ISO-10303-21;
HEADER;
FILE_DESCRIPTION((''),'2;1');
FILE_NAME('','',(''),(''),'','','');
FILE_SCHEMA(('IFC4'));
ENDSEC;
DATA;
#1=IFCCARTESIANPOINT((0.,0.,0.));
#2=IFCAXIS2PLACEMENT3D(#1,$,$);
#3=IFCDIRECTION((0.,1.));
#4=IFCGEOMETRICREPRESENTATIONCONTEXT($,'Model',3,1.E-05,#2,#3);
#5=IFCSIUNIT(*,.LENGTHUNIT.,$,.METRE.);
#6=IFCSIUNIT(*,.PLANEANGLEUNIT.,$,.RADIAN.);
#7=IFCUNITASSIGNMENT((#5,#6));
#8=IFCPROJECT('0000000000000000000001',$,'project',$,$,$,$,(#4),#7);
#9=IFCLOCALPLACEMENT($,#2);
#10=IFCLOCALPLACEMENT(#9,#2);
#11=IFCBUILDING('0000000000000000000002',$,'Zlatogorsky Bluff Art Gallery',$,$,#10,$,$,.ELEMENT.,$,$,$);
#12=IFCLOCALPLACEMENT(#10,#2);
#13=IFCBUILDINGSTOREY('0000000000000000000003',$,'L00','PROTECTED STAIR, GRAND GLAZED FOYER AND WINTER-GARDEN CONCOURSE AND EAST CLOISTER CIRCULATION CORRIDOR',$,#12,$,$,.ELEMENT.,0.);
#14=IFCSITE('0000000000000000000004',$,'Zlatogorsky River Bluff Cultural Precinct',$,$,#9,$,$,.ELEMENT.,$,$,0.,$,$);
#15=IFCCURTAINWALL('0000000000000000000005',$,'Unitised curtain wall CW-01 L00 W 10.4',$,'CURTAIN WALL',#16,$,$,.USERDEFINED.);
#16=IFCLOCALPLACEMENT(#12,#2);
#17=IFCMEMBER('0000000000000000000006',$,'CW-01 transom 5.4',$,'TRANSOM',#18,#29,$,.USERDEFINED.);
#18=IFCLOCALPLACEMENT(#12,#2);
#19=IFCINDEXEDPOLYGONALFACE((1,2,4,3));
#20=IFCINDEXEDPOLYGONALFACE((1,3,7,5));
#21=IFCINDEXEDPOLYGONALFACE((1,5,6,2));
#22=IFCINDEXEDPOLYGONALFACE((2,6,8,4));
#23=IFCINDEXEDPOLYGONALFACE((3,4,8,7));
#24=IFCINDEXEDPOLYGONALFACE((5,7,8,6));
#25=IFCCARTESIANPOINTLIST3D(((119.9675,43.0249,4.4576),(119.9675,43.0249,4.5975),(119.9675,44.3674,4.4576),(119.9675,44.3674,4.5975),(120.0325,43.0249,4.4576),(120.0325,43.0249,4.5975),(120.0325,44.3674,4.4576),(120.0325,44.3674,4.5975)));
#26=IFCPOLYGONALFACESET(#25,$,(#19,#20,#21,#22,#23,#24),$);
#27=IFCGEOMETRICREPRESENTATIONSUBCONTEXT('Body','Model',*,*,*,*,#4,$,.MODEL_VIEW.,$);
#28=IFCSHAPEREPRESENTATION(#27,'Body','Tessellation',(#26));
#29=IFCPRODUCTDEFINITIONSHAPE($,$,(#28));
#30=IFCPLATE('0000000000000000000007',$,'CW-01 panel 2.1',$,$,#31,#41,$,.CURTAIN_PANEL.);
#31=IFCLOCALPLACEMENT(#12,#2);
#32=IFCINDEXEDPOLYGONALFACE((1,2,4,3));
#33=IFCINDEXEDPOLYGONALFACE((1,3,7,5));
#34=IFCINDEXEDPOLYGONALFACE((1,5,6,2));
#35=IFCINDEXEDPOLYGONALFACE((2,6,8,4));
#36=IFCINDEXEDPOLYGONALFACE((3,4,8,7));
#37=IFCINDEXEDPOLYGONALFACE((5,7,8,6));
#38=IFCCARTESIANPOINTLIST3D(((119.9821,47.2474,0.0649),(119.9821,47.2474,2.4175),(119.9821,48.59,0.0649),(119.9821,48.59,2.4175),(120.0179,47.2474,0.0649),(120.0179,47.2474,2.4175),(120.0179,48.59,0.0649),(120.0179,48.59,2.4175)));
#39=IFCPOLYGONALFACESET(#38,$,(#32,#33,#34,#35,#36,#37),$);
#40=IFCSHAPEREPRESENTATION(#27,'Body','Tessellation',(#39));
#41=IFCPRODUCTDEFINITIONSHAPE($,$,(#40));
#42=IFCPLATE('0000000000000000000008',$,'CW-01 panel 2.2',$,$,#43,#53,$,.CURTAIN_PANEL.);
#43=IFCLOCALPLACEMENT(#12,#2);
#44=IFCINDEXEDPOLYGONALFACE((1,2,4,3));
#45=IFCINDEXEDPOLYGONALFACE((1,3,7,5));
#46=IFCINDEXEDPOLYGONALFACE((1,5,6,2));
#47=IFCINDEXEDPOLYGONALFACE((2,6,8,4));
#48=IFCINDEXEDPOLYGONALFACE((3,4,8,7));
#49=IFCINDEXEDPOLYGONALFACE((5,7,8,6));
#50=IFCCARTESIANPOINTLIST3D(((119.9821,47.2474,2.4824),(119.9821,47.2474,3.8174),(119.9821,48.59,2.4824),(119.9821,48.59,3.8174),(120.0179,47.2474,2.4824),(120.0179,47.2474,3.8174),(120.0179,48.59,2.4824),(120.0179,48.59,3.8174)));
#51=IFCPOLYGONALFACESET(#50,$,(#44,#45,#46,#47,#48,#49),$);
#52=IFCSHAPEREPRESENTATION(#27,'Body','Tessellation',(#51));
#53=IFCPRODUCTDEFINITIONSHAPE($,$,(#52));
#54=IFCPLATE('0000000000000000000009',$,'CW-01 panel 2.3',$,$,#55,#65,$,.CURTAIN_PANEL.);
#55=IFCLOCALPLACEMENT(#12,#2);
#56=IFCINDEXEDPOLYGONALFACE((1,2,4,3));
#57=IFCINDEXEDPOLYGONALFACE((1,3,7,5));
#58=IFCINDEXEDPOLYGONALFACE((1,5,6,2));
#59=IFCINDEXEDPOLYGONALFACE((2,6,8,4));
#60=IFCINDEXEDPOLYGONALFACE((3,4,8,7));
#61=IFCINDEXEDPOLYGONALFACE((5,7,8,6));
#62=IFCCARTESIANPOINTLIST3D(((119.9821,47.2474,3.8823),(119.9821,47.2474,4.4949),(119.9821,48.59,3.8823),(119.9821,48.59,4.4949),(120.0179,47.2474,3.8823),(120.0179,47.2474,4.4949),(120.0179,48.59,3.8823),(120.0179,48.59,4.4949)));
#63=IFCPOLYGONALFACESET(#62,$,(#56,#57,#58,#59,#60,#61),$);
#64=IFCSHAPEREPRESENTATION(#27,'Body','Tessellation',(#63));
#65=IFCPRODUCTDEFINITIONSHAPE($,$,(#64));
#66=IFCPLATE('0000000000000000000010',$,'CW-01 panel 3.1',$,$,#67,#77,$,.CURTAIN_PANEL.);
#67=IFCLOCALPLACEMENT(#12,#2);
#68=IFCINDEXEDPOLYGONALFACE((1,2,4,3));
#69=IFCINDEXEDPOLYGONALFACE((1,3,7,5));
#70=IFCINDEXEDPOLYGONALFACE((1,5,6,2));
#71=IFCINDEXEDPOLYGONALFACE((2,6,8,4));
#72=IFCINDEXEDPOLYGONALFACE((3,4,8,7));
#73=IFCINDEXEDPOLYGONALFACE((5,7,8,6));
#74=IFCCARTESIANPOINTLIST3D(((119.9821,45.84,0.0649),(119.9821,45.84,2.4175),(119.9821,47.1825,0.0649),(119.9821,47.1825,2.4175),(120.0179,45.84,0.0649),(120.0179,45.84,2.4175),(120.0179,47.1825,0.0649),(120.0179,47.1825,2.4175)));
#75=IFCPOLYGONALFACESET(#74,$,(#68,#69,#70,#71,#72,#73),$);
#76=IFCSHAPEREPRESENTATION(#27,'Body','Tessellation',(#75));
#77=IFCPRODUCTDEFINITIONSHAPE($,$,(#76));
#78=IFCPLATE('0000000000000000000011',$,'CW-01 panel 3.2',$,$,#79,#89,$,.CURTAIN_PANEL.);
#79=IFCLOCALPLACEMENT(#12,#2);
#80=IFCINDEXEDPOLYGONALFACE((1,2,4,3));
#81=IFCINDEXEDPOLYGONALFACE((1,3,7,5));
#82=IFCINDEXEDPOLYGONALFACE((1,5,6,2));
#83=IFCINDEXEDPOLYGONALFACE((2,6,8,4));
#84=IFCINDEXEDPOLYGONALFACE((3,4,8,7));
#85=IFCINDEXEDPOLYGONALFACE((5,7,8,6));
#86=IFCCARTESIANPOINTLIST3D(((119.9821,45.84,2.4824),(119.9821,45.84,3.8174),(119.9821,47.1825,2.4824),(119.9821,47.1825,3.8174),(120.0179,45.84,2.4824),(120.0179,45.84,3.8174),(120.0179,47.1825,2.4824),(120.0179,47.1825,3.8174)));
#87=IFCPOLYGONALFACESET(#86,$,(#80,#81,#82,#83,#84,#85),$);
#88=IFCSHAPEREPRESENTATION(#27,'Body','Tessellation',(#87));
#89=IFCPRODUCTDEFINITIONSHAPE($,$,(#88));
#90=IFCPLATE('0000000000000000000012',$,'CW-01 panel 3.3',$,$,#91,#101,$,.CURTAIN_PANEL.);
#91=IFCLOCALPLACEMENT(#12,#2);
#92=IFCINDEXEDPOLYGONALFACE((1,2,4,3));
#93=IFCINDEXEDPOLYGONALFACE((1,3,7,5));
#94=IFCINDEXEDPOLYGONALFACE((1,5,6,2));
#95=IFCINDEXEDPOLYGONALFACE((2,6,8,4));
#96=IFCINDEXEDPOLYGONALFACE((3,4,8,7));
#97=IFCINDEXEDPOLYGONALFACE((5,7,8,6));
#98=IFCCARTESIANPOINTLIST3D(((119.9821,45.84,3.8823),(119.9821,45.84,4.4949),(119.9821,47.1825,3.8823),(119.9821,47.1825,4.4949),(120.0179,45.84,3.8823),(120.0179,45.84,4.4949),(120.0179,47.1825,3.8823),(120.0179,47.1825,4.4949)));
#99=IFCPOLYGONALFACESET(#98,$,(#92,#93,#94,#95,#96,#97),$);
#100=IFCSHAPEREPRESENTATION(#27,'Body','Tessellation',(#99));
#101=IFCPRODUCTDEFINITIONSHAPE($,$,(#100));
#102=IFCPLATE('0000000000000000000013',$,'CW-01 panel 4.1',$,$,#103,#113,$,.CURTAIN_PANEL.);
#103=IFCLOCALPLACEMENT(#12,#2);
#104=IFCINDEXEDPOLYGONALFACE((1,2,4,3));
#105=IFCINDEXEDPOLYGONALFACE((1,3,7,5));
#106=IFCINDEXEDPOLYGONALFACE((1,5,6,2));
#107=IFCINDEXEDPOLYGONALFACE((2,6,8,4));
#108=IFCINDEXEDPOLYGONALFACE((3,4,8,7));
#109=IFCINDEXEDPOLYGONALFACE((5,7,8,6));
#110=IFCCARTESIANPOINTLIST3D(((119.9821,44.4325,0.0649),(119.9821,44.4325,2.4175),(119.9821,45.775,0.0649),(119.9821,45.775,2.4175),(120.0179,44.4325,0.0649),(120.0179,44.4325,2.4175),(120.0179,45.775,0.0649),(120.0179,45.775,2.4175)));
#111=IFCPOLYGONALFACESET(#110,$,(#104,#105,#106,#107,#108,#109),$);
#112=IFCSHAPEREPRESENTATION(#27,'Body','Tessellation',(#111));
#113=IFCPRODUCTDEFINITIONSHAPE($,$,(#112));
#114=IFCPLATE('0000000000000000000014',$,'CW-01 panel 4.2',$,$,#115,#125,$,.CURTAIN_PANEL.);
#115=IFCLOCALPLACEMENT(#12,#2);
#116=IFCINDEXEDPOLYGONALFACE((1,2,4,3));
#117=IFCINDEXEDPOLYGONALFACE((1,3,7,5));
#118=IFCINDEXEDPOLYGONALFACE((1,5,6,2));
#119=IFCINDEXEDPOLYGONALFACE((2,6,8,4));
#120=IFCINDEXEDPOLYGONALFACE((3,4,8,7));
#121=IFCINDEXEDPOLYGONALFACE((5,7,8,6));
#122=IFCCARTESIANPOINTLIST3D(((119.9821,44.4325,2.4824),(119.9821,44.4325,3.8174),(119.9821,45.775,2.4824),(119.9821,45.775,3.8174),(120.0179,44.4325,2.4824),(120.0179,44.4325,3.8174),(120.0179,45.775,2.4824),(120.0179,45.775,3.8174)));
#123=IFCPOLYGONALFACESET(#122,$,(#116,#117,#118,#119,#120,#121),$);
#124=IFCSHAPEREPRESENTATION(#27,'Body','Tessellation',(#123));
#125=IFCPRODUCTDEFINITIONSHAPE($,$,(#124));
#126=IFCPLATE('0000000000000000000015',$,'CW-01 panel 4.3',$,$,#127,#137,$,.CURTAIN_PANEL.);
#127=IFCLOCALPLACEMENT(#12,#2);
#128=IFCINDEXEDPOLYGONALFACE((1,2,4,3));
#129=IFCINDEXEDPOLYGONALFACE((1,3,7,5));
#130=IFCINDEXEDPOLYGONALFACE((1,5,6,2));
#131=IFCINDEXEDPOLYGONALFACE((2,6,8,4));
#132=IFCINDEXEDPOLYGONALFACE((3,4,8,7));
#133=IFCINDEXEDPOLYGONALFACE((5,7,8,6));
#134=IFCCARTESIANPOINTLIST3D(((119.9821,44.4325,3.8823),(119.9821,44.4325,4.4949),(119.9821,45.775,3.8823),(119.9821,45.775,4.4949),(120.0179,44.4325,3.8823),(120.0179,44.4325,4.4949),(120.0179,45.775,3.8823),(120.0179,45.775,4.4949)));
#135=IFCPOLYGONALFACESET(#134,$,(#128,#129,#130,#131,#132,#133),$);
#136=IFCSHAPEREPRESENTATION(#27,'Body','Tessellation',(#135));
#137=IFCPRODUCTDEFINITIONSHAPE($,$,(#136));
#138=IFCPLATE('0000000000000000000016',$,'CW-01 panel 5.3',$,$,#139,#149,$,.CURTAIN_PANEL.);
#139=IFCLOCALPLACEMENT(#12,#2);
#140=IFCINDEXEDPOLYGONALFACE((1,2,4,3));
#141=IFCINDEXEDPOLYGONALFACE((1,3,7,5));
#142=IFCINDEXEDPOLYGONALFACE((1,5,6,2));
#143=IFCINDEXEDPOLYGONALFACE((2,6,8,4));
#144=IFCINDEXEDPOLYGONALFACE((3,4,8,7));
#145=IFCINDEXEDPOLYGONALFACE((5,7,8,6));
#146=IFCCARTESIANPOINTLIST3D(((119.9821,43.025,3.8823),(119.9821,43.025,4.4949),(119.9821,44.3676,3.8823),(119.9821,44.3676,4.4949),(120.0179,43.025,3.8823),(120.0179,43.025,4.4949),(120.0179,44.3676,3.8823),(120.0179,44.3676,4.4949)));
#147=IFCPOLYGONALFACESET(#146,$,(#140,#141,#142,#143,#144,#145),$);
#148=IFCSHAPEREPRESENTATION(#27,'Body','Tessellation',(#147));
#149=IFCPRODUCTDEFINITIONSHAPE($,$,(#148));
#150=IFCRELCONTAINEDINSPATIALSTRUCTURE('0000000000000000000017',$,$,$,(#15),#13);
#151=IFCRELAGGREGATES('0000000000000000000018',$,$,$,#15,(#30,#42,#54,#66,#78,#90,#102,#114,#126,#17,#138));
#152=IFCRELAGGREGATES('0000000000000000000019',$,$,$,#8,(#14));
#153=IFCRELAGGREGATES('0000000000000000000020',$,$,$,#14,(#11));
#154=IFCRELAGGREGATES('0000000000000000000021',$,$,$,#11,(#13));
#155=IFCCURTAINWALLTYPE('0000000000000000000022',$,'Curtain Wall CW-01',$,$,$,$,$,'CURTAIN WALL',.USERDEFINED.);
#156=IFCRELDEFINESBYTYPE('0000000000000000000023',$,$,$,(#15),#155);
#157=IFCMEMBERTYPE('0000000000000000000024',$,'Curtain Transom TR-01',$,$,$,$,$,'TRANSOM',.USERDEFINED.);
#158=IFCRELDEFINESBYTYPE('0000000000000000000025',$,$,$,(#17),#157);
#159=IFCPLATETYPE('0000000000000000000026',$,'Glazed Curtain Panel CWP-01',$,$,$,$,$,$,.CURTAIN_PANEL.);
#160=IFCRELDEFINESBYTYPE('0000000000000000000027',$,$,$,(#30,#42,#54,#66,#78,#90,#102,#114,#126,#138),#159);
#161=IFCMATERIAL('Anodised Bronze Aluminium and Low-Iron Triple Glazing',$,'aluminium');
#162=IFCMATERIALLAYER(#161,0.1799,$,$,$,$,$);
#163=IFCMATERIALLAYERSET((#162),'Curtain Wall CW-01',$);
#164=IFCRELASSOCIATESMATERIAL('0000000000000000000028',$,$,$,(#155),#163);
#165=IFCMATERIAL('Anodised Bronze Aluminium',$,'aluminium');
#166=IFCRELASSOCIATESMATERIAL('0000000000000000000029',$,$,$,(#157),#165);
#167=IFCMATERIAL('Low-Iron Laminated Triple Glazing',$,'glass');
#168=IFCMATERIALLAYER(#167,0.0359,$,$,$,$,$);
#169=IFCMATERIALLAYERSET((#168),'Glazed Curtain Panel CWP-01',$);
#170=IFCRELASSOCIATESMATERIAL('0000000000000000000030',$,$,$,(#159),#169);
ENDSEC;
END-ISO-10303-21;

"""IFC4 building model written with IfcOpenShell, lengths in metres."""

from ifc_helpers import new_model, si_unit, direction, frame, origin, origin_2d, place, context, subcontext, project, spatial, rectangle, extrude, material, layer, layer_set, material_profile, profile_set, type_object, element, aggregate, save


model = new_model("IFC4")

# Units and contexts
model_context = context("Model", 3, precision=1e-05, world=origin(), true_north=direction((0.0, 1.0)))
body_context = subcontext(model_context, "Body", "Model", "MODEL_VIEW")
ifc_project = project(units=[si_unit("LENGTHUNIT", "METRE"), si_unit("PLANEANGLEUNIT", "RADIAN")], contexts=[model_context])

# Site, building, storey
site_placement = place(None, origin())
site = spatial("IfcSite", under=ifc_project, at=site_placement, Name="Zlatogorsky River Bluff Cultural Precinct", CompositionType="ELEMENT", RefElevation=0.0)
building_placement = place(site_placement, origin())
building = spatial("IfcBuilding", under=site, at=building_placement, Name="Zlatogorsky Bluff Art Gallery", CompositionType="ELEMENT")
storey_placement = place(building_placement, origin())
storey = spatial("IfcBuildingStorey", under=building, at=storey_placement, Name="L00", Description="PROTECTED STAIR, GRAND GLAZED FOYER AND WINTER-GARDEN CONCOURSE AND EAST CLOISTER CIRCULATION CORRIDOR", CompositionType="ELEMENT", Elevation=0.0)

# Curtain wall, member, plates
ifc_material_1 = material(Name="Anodised Bronze Aluminium and Low-Iron Triple Glazing", Category="aluminium")
ifc_layer_1 = layer(ifc_material_1, 0.1799)
ifc_layer_set_1 = layer_set([ifc_layer_1], Name="Curtain Wall CW-01")
curtain_wall_type = type_object("IfcCurtainWallType", Name="Curtain Wall CW-01", ElementType="CURTAIN WALL", PredefinedType="USERDEFINED", material=ifc_layer_set_1)
curtain_wall_placement = place(storey_placement, origin())
curtain_wall = element("IfcCurtainWall", 1, at=curtain_wall_placement, inside=storey, type_object=curtain_wall_type, Name="Unitised curtain wall CW-01 L00 W 10.4", ObjectType="CURTAIN WALL", PredefinedType="USERDEFINED")
ifc_material_2 = material(Name="Anodised Bronze Aluminium", Category="aluminium")
ifc_material_profile_1 = material_profile(ifc_material_2, rectangle(XDim=0.0649, YDim=0.1399, at=origin_2d()), Name="ALU TRANSOM 65x140")
ifc_profile_set_1 = profile_set([ifc_material_profile_1], Name="Anodised Bronze Aluminium")
member_type_1 = type_object("IfcMemberType", Name="Curtain Transom TR-01", ElementType="TRANSOM", PredefinedType="USERDEFINED", material=ifc_profile_set_1)
member_1_placement = place(storey_placement, frame((120.0, 44.3674, 4.5276), z_axis=(0.0, -1.0, 0.0), x_axis=(1.0, 0.0, 0.0)))
member_1 = element("IfcMember", 2, at=member_1_placement, type_object=member_type_1, Name="CW-01 transom 5.4", ObjectType="TRANSOM", PredefinedType="USERDEFINED", context=body_context, shape_type="SweptSolid", body=[
    extrude(rectangle(XDim=0.0649, YDim=0.1399, at=origin_2d()), origin(), (0.0, 0.0, 1.0), 1.3425),
])
ifc_material_3 = material(Name="Low-Iron Laminated Triple Glazing", Category="glass")
ifc_layer_2 = layer(ifc_material_3, 0.0359)
ifc_layer_set_2 = layer_set([ifc_layer_2], Name="Glazed Curtain Panel CWP-01")
plate_type = type_object("IfcPlateType", Name="Glazed Curtain Panel CWP-01", PredefinedType="CURTAIN_PANEL", material=ifc_layer_set_2)
plate_1_placement = place(storey_placement, frame((120.0, 47.9187, 0.0649), z_axis=(0.0, 0.0, 1.0), x_axis=(0.0, -1.0, 0.0)))
plate_1 = element("IfcPlate", 3, at=plate_1_placement, type_object=plate_type, Name="CW-01 panel 2.1", PredefinedType="CURTAIN_PANEL", context=body_context, shape_type="SweptSolid", body=[
    extrude(rectangle(XDim=1.3425, YDim=0.0359, at=origin_2d()), origin(), (0.0, 0.0, 1.0), 2.3525),
])
plate_2_placement = place(storey_placement, frame((120.0, 47.9187, 2.4824), z_axis=(0.0, 0.0, 1.0), x_axis=(0.0, -1.0, 0.0)))
plate_2 = element("IfcPlate", 4, at=plate_2_placement, type_object=plate_type, Name="CW-01 panel 2.2", PredefinedType="CURTAIN_PANEL", context=body_context, shape_type="SweptSolid", body=[
    extrude(rectangle(XDim=1.3425, YDim=0.0359, at=origin_2d()), origin(), (0.0, 0.0, 1.0), 1.335),
])
plate_3_placement = place(storey_placement, frame((120.0, 47.9187, 3.8823), z_axis=(0.0, 0.0, 1.0), x_axis=(0.0, -1.0, 0.0)))
plate_3 = element("IfcPlate", 5, at=plate_3_placement, type_object=plate_type, Name="CW-01 panel 2.3", PredefinedType="CURTAIN_PANEL", context=body_context, shape_type="SweptSolid", body=[
    extrude(rectangle(XDim=1.3425, YDim=0.0359, at=origin_2d()), origin(), (0.0, 0.0, 1.0), 0.6125),
])
plate_4_placement = place(storey_placement, frame((120.0, 46.5112, 0.0649), z_axis=(0.0, 0.0, 1.0), x_axis=(0.0, -1.0, 0.0)))
plate_4 = element("IfcPlate", 6, at=plate_4_placement, type_object=plate_type, Name="CW-01 panel 3.1", PredefinedType="CURTAIN_PANEL", context=body_context, shape_type="SweptSolid", body=[
    extrude(rectangle(XDim=1.3425, YDim=0.0359, at=origin_2d()), origin(), (0.0, 0.0, 1.0), 2.3525),
])
plate_5_placement = place(storey_placement, frame((120.0, 46.5112, 2.4824), z_axis=(0.0, 0.0, 1.0), x_axis=(0.0, -1.0, 0.0)))
plate_5 = element("IfcPlate", 7, at=plate_5_placement, type_object=plate_type, Name="CW-01 panel 3.2", PredefinedType="CURTAIN_PANEL", context=body_context, shape_type="SweptSolid", body=[
    extrude(rectangle(XDim=1.3425, YDim=0.0359, at=origin_2d()), origin(), (0.0, 0.0, 1.0), 1.335),
])
plate_6_placement = place(storey_placement, frame((120.0, 46.5112, 3.8823), z_axis=(0.0, 0.0, 1.0), x_axis=(0.0, -1.0, 0.0)))
plate_6 = element("IfcPlate", 8, at=plate_6_placement, type_object=plate_type, Name="CW-01 panel 3.3", PredefinedType="CURTAIN_PANEL", context=body_context, shape_type="SweptSolid", body=[
    extrude(rectangle(XDim=1.3425, YDim=0.0359, at=origin_2d()), origin(), (0.0, 0.0, 1.0), 0.6125),
])
plate_7_placement = place(storey_placement, frame((120.0, 45.1038, 0.0649), z_axis=(0.0, 0.0, 1.0), x_axis=(0.0, -1.0, 0.0)))
plate_7 = element("IfcPlate", 9, at=plate_7_placement, type_object=plate_type, Name="CW-01 panel 4.1", PredefinedType="CURTAIN_PANEL", context=body_context, shape_type="SweptSolid", body=[
    extrude(rectangle(XDim=1.3425, YDim=0.0359, at=origin_2d()), origin(), (0.0, 0.0, 1.0), 2.3525),
])
plate_8_placement = place(storey_placement, frame((120.0, 45.1038, 2.4824), z_axis=(0.0, 0.0, 1.0), x_axis=(0.0, -1.0, 0.0)))
plate_8 = element("IfcPlate", 10, at=plate_8_placement, type_object=plate_type, Name="CW-01 panel 4.2", PredefinedType="CURTAIN_PANEL", context=body_context, shape_type="SweptSolid", body=[
    extrude(rectangle(XDim=1.3425, YDim=0.0359, at=origin_2d()), origin(), (0.0, 0.0, 1.0), 1.335),
])
plate_9_placement = place(storey_placement, frame((120.0, 45.1038, 3.8823), z_axis=(0.0, 0.0, 1.0), x_axis=(0.0, -1.0, 0.0)))
plate_9 = element("IfcPlate", 11, at=plate_9_placement, type_object=plate_type, Name="CW-01 panel 4.3", PredefinedType="CURTAIN_PANEL", context=body_context, shape_type="SweptSolid", body=[
    extrude(rectangle(XDim=1.3425, YDim=0.0359, at=origin_2d()), origin(), (0.0, 0.0, 1.0), 0.6125),
])
plate_10_placement = place(storey_placement, frame((120.0, 43.6963, 3.8823), z_axis=(0.0, 0.0, 1.0), x_axis=(0.0, -1.0, 0.0)))
plate_10 = element("IfcPlate", 12, at=plate_10_placement, type_object=plate_type, Name="CW-01 panel 5.3", PredefinedType="CURTAIN_PANEL", context=body_context, shape_type="SweptSolid", body=[
    extrude(rectangle(XDim=1.3425, YDim=0.0359, at=origin_2d()), origin(), (0.0, 0.0, 1.0), 0.6125),
])
aggregate(curtain_wall, [plate_1, plate_2, plate_3, plate_4, plate_5, plate_6, plate_7, plate_8, plate_9, member_1, plate_10])

save(model, "model.ifc")
